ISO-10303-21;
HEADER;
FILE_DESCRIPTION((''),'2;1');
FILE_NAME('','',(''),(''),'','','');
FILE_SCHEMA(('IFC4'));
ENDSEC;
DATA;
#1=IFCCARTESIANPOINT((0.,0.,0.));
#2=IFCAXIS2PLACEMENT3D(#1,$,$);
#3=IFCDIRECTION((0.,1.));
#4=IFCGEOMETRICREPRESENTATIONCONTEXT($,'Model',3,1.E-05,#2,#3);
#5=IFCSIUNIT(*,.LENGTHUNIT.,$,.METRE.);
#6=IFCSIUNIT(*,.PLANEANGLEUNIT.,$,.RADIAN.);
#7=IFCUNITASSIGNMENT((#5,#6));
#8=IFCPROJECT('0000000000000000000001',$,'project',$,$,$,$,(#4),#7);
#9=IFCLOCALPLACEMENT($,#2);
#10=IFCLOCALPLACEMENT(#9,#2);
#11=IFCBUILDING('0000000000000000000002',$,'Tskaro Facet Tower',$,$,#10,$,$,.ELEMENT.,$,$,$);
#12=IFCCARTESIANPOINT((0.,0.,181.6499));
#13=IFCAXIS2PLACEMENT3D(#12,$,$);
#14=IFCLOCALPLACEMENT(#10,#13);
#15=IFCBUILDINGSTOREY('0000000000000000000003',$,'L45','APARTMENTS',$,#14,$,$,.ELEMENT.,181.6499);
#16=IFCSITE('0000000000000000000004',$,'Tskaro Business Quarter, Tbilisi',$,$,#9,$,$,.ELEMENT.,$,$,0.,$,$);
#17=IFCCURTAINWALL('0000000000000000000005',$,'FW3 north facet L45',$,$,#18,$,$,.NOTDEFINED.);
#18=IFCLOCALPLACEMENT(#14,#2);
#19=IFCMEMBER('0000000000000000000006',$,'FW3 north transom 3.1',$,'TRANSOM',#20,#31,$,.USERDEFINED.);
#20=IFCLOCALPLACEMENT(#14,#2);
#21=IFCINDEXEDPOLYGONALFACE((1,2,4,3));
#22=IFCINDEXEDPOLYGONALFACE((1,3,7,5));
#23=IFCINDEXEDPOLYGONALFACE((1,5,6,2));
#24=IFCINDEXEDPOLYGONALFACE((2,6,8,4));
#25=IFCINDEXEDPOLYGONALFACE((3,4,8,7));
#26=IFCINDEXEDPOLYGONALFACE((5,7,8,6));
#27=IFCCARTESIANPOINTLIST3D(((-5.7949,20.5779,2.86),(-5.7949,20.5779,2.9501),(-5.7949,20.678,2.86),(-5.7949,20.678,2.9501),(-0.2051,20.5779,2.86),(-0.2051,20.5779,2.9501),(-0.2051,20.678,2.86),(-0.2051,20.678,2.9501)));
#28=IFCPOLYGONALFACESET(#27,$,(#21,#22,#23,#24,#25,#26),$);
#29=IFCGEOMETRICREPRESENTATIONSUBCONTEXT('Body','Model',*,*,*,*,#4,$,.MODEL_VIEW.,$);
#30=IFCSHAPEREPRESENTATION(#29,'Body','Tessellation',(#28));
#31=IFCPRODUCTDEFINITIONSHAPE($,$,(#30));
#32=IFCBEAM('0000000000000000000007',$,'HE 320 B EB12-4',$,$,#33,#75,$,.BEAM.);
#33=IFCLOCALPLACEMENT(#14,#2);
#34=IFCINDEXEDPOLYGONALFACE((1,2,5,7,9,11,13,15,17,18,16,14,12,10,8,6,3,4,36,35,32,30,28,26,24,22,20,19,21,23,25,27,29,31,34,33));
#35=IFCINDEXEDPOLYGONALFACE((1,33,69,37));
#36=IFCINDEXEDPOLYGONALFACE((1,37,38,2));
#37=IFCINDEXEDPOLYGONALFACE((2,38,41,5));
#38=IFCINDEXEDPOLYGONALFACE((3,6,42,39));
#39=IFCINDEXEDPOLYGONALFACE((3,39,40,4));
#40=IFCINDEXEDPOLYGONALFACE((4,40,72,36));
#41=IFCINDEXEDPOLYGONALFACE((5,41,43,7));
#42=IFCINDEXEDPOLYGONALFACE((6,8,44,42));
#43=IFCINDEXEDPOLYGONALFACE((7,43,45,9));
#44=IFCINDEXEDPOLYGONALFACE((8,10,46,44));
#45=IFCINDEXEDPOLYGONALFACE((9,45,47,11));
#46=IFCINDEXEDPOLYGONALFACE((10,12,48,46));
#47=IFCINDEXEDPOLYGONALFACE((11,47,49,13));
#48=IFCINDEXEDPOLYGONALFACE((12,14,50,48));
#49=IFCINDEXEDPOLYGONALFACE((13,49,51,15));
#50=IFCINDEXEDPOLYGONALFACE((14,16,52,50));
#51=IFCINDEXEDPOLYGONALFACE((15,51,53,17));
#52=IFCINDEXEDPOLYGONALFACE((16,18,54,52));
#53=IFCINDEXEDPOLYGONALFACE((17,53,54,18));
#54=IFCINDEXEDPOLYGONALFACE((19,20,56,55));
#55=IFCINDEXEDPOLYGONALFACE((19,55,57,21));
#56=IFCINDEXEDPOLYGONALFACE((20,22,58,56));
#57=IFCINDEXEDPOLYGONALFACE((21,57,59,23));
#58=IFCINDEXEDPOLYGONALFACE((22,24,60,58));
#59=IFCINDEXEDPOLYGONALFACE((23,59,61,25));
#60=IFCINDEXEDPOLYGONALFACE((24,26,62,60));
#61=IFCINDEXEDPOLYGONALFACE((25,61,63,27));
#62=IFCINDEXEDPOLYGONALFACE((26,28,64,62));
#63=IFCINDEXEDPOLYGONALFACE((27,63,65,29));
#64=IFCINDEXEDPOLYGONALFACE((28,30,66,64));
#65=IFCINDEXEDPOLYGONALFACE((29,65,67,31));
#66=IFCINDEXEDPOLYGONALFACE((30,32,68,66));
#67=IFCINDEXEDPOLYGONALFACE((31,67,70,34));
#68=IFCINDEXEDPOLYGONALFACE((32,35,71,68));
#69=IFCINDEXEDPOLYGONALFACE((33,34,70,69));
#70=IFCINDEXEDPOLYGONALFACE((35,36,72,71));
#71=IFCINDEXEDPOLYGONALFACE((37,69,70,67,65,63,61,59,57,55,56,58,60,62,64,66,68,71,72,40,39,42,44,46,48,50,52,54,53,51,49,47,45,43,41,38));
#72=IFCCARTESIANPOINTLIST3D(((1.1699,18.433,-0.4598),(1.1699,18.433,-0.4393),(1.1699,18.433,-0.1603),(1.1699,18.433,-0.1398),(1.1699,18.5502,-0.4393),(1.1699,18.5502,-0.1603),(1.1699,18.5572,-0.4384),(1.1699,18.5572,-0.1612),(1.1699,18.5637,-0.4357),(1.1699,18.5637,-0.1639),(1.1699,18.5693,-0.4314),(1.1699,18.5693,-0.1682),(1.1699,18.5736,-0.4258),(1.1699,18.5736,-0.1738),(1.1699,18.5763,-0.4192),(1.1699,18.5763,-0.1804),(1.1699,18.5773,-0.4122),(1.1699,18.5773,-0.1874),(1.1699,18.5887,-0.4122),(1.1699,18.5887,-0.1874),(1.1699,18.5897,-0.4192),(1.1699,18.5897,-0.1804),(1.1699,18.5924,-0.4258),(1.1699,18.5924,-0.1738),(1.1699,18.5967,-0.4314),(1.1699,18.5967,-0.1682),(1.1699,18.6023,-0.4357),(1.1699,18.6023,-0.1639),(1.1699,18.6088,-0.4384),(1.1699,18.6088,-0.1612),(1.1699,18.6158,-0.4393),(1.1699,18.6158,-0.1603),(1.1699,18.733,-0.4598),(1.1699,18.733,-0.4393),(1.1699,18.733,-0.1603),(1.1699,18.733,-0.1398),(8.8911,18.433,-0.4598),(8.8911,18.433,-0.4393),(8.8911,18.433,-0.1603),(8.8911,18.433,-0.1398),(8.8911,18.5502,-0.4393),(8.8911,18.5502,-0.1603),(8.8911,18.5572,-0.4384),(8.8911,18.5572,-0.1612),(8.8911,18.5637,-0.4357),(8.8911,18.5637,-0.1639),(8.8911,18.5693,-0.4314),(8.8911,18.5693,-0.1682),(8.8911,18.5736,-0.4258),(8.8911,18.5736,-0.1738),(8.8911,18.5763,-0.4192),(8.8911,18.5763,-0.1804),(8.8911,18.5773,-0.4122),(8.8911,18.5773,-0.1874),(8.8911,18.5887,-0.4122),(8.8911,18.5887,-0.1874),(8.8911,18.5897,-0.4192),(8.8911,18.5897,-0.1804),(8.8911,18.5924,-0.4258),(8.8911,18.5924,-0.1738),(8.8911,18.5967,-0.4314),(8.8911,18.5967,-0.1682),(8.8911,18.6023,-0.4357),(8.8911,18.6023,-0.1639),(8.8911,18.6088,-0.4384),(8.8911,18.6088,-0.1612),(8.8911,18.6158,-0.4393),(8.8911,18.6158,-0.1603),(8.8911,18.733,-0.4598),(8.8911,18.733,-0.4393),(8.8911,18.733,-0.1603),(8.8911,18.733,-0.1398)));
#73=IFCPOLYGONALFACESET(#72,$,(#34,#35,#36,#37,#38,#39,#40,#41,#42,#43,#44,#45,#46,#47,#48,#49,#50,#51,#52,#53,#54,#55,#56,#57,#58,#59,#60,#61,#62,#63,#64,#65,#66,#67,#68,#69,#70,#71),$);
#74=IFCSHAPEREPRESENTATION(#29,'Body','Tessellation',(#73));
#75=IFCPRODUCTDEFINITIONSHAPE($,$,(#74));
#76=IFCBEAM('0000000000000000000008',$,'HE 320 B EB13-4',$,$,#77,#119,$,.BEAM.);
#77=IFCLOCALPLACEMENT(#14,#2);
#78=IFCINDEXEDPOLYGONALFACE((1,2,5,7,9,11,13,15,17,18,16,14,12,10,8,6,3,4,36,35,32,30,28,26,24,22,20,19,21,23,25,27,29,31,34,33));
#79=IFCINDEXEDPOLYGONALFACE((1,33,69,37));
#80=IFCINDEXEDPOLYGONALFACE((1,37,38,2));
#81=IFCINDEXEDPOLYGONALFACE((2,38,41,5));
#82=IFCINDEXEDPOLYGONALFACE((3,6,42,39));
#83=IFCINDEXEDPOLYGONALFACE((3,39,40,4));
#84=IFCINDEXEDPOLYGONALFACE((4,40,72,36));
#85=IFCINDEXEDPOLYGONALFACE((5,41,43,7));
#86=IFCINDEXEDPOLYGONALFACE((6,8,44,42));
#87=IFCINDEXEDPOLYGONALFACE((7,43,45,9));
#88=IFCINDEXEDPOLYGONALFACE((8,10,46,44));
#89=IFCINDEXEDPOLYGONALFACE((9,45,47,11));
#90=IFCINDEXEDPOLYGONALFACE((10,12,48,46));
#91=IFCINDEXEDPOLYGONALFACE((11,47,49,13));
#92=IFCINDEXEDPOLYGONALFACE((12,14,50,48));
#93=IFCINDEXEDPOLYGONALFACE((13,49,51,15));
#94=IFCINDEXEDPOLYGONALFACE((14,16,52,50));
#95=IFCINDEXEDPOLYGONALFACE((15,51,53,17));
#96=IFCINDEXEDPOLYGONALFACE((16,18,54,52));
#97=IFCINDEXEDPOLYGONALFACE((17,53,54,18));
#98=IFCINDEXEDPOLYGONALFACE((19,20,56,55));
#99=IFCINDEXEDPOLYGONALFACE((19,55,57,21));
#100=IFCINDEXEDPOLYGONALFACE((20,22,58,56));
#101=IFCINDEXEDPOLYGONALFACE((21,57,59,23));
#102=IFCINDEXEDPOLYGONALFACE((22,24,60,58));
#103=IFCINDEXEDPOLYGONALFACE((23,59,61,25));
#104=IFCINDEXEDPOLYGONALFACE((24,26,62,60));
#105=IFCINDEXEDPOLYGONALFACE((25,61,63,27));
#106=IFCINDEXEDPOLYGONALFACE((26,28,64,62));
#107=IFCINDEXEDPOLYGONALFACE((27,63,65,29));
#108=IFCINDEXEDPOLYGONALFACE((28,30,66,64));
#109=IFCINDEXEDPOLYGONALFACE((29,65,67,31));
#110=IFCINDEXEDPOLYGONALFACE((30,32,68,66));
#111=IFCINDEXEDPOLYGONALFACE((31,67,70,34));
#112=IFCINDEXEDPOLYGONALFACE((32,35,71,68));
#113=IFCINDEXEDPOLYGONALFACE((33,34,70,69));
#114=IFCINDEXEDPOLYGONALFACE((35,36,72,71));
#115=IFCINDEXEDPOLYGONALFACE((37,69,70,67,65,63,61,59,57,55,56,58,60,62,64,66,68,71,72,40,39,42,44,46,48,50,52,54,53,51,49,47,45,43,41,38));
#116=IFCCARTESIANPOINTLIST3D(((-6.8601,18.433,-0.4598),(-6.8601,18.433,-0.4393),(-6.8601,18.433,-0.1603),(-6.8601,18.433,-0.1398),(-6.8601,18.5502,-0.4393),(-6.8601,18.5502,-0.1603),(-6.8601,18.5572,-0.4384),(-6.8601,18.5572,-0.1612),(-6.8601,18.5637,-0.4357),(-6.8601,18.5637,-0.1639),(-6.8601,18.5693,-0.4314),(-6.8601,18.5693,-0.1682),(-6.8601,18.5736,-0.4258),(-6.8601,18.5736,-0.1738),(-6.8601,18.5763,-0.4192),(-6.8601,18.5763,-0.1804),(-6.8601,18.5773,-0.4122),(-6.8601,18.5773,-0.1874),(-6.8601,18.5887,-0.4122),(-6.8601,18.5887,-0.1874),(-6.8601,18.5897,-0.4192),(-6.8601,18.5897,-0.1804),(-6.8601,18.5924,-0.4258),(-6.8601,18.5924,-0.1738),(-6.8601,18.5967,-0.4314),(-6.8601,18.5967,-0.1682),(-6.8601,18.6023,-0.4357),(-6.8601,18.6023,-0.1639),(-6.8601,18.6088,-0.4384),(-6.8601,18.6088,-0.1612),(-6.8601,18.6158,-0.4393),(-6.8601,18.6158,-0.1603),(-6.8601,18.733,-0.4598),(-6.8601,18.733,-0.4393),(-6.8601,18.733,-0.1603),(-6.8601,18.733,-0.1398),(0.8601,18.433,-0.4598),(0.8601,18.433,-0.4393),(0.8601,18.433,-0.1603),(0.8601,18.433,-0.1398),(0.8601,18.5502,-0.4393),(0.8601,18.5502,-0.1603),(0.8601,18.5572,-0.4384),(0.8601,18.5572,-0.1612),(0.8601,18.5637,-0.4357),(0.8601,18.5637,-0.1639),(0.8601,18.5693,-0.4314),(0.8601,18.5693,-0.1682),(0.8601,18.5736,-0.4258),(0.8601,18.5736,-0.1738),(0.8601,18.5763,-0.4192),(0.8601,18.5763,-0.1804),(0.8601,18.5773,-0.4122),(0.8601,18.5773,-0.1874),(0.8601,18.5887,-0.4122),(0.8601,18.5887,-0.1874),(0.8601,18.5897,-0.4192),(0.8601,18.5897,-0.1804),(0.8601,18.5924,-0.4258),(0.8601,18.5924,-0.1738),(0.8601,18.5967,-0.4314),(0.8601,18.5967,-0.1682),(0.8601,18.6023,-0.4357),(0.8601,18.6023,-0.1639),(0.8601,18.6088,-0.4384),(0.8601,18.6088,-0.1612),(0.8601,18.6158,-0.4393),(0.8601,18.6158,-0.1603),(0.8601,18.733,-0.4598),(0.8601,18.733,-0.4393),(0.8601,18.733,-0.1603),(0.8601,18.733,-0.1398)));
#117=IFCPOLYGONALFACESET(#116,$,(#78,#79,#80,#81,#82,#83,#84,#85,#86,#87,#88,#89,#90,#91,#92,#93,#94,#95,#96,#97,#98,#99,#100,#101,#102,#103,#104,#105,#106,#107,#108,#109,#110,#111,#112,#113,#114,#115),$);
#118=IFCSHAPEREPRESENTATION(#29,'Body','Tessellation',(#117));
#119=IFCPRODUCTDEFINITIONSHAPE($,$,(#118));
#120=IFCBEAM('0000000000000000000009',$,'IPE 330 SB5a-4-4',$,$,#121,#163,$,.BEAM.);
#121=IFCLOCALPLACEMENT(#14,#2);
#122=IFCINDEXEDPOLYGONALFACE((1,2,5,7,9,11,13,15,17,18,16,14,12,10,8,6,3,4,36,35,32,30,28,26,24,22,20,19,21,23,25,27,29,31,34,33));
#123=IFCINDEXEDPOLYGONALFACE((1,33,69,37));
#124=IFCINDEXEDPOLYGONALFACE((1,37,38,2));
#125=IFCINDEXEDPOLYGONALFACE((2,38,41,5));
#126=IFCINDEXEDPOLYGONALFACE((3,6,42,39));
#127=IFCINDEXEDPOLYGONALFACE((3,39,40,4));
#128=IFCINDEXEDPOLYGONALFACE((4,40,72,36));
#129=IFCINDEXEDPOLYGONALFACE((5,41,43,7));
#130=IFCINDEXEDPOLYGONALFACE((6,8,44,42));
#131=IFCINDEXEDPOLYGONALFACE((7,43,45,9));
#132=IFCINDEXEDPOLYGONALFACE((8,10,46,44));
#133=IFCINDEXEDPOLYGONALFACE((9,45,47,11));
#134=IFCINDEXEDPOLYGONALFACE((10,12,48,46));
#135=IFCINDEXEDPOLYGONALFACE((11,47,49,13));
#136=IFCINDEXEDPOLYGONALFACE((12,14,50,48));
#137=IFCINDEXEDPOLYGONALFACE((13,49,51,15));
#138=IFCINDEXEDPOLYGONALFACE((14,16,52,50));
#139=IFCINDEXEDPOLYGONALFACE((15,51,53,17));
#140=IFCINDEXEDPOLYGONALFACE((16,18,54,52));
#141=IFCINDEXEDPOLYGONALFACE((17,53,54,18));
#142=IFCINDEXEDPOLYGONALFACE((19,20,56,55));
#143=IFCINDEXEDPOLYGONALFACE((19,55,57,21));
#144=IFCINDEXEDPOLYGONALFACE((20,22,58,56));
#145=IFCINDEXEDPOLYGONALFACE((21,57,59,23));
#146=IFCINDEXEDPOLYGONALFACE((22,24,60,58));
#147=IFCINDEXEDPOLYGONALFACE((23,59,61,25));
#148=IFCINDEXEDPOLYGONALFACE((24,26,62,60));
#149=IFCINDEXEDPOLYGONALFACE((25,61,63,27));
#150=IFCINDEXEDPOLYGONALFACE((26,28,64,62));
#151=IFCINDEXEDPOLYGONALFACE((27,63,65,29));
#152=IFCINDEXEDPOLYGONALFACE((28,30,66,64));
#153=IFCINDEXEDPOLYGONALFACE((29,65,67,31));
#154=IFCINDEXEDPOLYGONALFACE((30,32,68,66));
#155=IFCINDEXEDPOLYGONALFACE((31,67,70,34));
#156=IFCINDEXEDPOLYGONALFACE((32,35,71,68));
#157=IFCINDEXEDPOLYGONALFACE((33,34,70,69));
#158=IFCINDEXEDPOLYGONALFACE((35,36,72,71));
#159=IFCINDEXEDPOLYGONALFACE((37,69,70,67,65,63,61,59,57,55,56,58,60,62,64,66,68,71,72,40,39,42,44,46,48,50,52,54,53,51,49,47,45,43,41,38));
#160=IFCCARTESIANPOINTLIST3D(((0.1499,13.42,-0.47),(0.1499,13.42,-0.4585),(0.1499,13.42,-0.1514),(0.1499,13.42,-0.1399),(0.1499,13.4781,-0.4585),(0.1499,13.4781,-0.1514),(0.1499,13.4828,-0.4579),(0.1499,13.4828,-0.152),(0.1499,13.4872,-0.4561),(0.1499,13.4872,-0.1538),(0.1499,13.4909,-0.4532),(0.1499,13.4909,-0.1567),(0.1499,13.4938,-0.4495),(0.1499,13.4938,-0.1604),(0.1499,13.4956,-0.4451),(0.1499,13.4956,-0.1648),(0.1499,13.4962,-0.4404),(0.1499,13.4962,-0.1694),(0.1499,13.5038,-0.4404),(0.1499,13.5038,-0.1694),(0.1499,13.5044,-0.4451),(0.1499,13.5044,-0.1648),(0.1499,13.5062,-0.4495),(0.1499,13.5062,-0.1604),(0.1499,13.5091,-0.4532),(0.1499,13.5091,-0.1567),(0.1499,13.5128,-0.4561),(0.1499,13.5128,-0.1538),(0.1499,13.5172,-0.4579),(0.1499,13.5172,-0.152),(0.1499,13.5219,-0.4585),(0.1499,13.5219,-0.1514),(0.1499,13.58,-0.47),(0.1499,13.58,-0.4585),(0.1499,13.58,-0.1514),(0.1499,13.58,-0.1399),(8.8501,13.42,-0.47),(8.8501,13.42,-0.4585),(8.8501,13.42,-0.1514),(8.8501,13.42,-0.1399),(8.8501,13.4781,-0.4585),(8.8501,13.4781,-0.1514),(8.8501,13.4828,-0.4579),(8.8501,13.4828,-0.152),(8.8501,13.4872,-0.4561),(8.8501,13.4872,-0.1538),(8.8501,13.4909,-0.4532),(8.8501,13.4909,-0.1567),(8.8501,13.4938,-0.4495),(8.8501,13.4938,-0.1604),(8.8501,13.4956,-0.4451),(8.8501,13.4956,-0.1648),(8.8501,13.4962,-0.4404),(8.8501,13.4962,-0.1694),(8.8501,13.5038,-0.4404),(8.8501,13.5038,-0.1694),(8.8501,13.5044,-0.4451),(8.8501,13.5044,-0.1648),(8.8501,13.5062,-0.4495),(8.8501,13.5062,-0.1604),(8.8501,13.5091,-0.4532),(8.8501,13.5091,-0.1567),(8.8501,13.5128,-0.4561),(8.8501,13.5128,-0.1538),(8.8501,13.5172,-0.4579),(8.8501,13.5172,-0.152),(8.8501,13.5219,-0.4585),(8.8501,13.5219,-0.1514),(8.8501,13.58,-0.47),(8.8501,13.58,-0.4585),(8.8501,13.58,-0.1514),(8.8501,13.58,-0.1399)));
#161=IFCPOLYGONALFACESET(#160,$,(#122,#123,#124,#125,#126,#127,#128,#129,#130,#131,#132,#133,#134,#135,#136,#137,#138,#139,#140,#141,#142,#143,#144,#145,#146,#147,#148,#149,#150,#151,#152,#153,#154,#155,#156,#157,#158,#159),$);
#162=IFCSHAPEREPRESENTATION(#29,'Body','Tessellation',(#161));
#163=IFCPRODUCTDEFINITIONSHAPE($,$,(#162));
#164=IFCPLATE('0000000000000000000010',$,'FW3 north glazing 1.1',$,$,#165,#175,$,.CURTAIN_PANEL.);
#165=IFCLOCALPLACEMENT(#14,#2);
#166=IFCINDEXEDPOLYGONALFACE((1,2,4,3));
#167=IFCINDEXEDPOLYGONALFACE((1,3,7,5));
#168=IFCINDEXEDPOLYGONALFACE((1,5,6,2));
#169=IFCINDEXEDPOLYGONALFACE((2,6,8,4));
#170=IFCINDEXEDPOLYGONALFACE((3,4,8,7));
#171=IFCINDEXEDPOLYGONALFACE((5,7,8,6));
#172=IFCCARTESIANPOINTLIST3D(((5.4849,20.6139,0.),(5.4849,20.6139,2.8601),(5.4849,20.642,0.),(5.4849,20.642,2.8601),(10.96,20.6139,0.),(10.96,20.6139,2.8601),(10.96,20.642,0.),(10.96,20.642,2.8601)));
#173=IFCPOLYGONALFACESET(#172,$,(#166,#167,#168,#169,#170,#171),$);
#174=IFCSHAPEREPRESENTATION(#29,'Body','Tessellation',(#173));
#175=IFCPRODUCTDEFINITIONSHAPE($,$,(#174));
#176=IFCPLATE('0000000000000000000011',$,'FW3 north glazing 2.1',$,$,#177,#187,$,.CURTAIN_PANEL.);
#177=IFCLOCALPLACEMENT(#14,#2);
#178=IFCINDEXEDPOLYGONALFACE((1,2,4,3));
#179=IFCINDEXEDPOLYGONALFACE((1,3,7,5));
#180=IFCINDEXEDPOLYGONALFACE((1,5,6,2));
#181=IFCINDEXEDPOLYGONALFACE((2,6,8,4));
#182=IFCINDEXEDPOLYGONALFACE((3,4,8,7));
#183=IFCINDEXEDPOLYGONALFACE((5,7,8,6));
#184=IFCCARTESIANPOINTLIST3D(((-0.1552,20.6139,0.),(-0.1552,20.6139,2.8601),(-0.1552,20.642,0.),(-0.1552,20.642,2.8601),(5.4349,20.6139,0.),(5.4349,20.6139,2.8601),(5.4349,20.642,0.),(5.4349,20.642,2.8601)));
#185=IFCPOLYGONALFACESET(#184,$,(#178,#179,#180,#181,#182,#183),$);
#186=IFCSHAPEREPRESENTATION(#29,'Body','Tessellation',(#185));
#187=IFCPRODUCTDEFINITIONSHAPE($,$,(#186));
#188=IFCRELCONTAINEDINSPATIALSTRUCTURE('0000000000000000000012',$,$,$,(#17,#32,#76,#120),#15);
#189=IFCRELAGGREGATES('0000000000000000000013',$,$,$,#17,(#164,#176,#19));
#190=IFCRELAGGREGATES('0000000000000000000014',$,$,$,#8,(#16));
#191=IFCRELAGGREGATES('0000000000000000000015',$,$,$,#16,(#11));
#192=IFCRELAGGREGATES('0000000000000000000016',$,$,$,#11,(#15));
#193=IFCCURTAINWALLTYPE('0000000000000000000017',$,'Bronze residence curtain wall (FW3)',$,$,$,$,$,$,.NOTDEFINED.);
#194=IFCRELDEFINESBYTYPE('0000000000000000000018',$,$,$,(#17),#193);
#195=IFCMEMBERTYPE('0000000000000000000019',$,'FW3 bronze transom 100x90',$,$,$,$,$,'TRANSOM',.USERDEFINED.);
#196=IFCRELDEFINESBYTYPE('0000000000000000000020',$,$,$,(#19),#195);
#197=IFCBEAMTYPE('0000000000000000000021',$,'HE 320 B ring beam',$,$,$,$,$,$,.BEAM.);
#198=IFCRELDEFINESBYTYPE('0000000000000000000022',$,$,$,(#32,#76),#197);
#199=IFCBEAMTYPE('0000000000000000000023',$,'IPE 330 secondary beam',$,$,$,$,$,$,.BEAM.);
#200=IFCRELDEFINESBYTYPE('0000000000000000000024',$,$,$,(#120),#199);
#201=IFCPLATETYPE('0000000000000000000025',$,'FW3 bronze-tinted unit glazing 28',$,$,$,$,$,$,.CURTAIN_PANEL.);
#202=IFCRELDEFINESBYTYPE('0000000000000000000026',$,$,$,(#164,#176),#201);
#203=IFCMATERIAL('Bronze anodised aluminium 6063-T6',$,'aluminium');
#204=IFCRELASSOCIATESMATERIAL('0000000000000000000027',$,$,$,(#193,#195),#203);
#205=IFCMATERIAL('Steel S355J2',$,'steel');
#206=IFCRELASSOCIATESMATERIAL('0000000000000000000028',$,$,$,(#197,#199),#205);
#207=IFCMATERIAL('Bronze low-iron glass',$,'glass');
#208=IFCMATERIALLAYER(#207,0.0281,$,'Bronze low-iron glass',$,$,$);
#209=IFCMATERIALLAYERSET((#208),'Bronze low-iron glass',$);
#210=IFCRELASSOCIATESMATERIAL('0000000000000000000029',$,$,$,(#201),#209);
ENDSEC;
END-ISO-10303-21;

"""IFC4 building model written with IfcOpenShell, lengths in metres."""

from ifc_helpers import new_model, si_unit, direction, frame, origin, origin_2d, place, context, subcontext, project, spatial, rectangle, i_section, extrude, material, layer, layer_set, material_profile, profile_set, type_object, element, aggregate, save


model = new_model("IFC4")

# Units and contexts
model_context = context("Model", 3, precision=1e-05, world=origin(), true_north=direction((0.0, 1.0)))
body_context = subcontext(model_context, "Body", "Model", "MODEL_VIEW")
ifc_project = project(units=[si_unit("LENGTHUNIT", "METRE"), si_unit("PLANEANGLEUNIT", "RADIAN")], contexts=[model_context])

# Site, building, storey
site_placement = place(None, origin())
site = spatial("IfcSite", under=ifc_project, at=site_placement, Name="Tskaro Business Quarter, Tbilisi", CompositionType="ELEMENT", RefElevation=0.0)
building_placement = place(site_placement, origin())
building = spatial("IfcBuilding", under=site, at=building_placement, Name="Tskaro Facet Tower", CompositionType="ELEMENT")
storey_placement = place(building_placement, frame((0.0, 0.0, 181.6499)))
storey = spatial("IfcBuildingStorey", under=building, at=storey_placement, Name="L45", Description="APARTMENTS", CompositionType="ELEMENT", Elevation=181.6499)

# Curtain wall, member
ifc_material_1 = material(Name="Bronze anodised aluminium 6063-T6", Category="aluminium")
curtain_wall_type = type_object("IfcCurtainWallType", Name="Bronze residence curtain wall (FW3)", PredefinedType="NOTDEFINED", material=ifc_material_1)
curtain_wall_placement = place(storey_placement, origin())
curtain_wall = element("IfcCurtainWall", 1, at=curtain_wall_placement, inside=storey, type_object=curtain_wall_type, Name="FW3 north facet L45", PredefinedType="NOTDEFINED")
ifc_material_profile_1 = material_profile(ifc_material_1, rectangle(XDim=0.1001, YDim=0.0901, at=origin_2d()), Name="Transom 100x90")
ifc_profile_set_1 = profile_set([ifc_material_profile_1], Name="Bronze anodised aluminium 6063-T6")
member_type_1 = type_object("IfcMemberType", Name="FW3 bronze transom 100x90", ElementType="TRANSOM", PredefinedType="USERDEFINED", material=ifc_profile_set_1)
member_1_placement = place(storey_placement, frame((-0.2051, 20.6279, 2.905), z_axis=(-1.0, 0.0, 0.0), x_axis=(0.0, -1.0, 0.0)))
member_1 = element("IfcMember", 2, at=member_1_placement, type_object=member_type_1, Name="FW3 north transom 3.1", ObjectType="TRANSOM", PredefinedType="USERDEFINED", context=body_context, shape_type="SweptSolid", body=[
    extrude(rectangle(XDim=0.1001, YDim=0.0901, at=origin_2d()), origin(), (0.0, 0.0, 1.0), 5.5898),
])

# Beams
ifc_material_2 = material(Name="Steel S355J2", Category="steel")
ifc_material_profile_2 = material_profile(ifc_material_2, i_section(OverallWidth=0.3, OverallDepth=0.3201, WebThickness=0.0115, FlangeThickness=0.0205, FilletRadius=0.0271, at=origin_2d()), Name="HE 320 B")
ifc_profile_set_2 = profile_set([ifc_material_profile_2], Name="Steel S355J2")
beam_type_1 = type_object("IfcBeamType", Name="HE 320 B ring beam", PredefinedType="BEAM", material=ifc_profile_set_2)
beam_1_placement = place(storey_placement, frame((8.8911, 18.583, -0.2998), z_axis=(-1.0, 0.0, 0.0), x_axis=(0.0, -1.0, 0.0)))
element("IfcBeam", 3, at=beam_1_placement, inside=storey, type_object=beam_type_1, Name="HE 320 B EB12-4", PredefinedType="BEAM", context=body_context, shape_type="SweptSolid", body=[
    extrude(i_section(OverallWidth=0.3, OverallDepth=0.3201, WebThickness=0.0115, FlangeThickness=0.0205, FilletRadius=0.0271, at=origin_2d()), origin(), (0.0, 0.0, 1.0), 7.7212),
])
beam_2_placement = place(storey_placement, frame((0.8601, 18.583, -0.2998), z_axis=(-1.0, 0.0, 0.0), x_axis=(0.0, -1.0, 0.0)))
element("IfcBeam", 4, at=beam_2_placement, inside=storey, type_object=beam_type_1, Name="HE 320 B EB13-4", PredefinedType="BEAM", context=body_context, shape_type="SweptSolid", body=[
    extrude(i_section(OverallWidth=0.3, OverallDepth=0.3201, WebThickness=0.0115, FlangeThickness=0.0205, FilletRadius=0.0271, at=origin_2d()), origin(), (0.0, 0.0, 1.0), 7.7202),
])
ifc_material_profile_3 = material_profile(ifc_material_2, i_section(OverallWidth=0.1599, OverallDepth=0.3301, WebThickness=0.0076, FlangeThickness=0.0115, FilletRadius=0.0181, at=origin_2d()), Name="IPE 330")
ifc_profile_set_3 = profile_set([ifc_material_profile_3], Name="Steel S355J2")
beam_type_2 = type_object("IfcBeamType", Name="IPE 330 secondary beam", PredefinedType="BEAM", material=ifc_profile_set_3)
beam_3_placement = place(storey_placement, frame((0.1499, 13.5, -0.3049), z_axis=(1.0, 0.0, 0.0), x_axis=(0.0, 1.0, 0.0)))
element("IfcBeam", 5, at=beam_3_placement, inside=storey, type_object=beam_type_2, Name="IPE 330 SB5a-4-4", PredefinedType="BEAM", context=body_context, shape_type="SweptSolid", body=[
    extrude(i_section(OverallWidth=0.1599, OverallDepth=0.3301, WebThickness=0.0076, FlangeThickness=0.0115, FilletRadius=0.0181, at=origin_2d()), origin(), (0.0, 0.0, 1.0), 8.7002),
])

# Plates
ifc_material_3 = material(Name="Bronze low-iron glass", Category="glass")
ifc_layer_1 = layer(ifc_material_3, 0.0281, Name="Bronze low-iron glass")
ifc_layer_set_1 = layer_set([ifc_layer_1], Name="Bronze low-iron glass")
plate_type = type_object("IfcPlateType", Name="FW3 bronze-tinted unit glazing 28", PredefinedType="CURTAIN_PANEL", material=ifc_layer_set_1)
plate_1_placement = place(storey_placement, frame((8.2224, 20.6279, 0.0), z_axis=(0.0, 0.0, 1.0), x_axis=(-1.0, 0.0, 0.0)))
plate_1 = element("IfcPlate", 6, at=plate_1_placement, type_object=plate_type, Name="FW3 north glazing 1.1", PredefinedType="CURTAIN_PANEL", context=body_context, shape_type="SweptSolid", body=[
    extrude(rectangle(XDim=5.4751, YDim=0.0281, at=origin_2d()), origin(), (0.0, 0.0, 1.0), 2.8601),
])
plate_2_placement = place(storey_placement, frame((2.6399, 20.6279, 0.0), z_axis=(0.0, 0.0, 1.0), x_axis=(-1.0, 0.0, 0.0)))
plate_2 = element("IfcPlate", 7, at=plate_2_placement, type_object=plate_type, Name="FW3 north glazing 2.1", PredefinedType="CURTAIN_PANEL", context=body_context, shape_type="SweptSolid", body=[
    extrude(rectangle(XDim=5.5901, YDim=0.0281, at=origin_2d()), origin(), (0.0, 0.0, 1.0), 2.8601),
])
aggregate(curtain_wall, [plate_1, plate_2, member_1])

save(model, "model.ifc")
